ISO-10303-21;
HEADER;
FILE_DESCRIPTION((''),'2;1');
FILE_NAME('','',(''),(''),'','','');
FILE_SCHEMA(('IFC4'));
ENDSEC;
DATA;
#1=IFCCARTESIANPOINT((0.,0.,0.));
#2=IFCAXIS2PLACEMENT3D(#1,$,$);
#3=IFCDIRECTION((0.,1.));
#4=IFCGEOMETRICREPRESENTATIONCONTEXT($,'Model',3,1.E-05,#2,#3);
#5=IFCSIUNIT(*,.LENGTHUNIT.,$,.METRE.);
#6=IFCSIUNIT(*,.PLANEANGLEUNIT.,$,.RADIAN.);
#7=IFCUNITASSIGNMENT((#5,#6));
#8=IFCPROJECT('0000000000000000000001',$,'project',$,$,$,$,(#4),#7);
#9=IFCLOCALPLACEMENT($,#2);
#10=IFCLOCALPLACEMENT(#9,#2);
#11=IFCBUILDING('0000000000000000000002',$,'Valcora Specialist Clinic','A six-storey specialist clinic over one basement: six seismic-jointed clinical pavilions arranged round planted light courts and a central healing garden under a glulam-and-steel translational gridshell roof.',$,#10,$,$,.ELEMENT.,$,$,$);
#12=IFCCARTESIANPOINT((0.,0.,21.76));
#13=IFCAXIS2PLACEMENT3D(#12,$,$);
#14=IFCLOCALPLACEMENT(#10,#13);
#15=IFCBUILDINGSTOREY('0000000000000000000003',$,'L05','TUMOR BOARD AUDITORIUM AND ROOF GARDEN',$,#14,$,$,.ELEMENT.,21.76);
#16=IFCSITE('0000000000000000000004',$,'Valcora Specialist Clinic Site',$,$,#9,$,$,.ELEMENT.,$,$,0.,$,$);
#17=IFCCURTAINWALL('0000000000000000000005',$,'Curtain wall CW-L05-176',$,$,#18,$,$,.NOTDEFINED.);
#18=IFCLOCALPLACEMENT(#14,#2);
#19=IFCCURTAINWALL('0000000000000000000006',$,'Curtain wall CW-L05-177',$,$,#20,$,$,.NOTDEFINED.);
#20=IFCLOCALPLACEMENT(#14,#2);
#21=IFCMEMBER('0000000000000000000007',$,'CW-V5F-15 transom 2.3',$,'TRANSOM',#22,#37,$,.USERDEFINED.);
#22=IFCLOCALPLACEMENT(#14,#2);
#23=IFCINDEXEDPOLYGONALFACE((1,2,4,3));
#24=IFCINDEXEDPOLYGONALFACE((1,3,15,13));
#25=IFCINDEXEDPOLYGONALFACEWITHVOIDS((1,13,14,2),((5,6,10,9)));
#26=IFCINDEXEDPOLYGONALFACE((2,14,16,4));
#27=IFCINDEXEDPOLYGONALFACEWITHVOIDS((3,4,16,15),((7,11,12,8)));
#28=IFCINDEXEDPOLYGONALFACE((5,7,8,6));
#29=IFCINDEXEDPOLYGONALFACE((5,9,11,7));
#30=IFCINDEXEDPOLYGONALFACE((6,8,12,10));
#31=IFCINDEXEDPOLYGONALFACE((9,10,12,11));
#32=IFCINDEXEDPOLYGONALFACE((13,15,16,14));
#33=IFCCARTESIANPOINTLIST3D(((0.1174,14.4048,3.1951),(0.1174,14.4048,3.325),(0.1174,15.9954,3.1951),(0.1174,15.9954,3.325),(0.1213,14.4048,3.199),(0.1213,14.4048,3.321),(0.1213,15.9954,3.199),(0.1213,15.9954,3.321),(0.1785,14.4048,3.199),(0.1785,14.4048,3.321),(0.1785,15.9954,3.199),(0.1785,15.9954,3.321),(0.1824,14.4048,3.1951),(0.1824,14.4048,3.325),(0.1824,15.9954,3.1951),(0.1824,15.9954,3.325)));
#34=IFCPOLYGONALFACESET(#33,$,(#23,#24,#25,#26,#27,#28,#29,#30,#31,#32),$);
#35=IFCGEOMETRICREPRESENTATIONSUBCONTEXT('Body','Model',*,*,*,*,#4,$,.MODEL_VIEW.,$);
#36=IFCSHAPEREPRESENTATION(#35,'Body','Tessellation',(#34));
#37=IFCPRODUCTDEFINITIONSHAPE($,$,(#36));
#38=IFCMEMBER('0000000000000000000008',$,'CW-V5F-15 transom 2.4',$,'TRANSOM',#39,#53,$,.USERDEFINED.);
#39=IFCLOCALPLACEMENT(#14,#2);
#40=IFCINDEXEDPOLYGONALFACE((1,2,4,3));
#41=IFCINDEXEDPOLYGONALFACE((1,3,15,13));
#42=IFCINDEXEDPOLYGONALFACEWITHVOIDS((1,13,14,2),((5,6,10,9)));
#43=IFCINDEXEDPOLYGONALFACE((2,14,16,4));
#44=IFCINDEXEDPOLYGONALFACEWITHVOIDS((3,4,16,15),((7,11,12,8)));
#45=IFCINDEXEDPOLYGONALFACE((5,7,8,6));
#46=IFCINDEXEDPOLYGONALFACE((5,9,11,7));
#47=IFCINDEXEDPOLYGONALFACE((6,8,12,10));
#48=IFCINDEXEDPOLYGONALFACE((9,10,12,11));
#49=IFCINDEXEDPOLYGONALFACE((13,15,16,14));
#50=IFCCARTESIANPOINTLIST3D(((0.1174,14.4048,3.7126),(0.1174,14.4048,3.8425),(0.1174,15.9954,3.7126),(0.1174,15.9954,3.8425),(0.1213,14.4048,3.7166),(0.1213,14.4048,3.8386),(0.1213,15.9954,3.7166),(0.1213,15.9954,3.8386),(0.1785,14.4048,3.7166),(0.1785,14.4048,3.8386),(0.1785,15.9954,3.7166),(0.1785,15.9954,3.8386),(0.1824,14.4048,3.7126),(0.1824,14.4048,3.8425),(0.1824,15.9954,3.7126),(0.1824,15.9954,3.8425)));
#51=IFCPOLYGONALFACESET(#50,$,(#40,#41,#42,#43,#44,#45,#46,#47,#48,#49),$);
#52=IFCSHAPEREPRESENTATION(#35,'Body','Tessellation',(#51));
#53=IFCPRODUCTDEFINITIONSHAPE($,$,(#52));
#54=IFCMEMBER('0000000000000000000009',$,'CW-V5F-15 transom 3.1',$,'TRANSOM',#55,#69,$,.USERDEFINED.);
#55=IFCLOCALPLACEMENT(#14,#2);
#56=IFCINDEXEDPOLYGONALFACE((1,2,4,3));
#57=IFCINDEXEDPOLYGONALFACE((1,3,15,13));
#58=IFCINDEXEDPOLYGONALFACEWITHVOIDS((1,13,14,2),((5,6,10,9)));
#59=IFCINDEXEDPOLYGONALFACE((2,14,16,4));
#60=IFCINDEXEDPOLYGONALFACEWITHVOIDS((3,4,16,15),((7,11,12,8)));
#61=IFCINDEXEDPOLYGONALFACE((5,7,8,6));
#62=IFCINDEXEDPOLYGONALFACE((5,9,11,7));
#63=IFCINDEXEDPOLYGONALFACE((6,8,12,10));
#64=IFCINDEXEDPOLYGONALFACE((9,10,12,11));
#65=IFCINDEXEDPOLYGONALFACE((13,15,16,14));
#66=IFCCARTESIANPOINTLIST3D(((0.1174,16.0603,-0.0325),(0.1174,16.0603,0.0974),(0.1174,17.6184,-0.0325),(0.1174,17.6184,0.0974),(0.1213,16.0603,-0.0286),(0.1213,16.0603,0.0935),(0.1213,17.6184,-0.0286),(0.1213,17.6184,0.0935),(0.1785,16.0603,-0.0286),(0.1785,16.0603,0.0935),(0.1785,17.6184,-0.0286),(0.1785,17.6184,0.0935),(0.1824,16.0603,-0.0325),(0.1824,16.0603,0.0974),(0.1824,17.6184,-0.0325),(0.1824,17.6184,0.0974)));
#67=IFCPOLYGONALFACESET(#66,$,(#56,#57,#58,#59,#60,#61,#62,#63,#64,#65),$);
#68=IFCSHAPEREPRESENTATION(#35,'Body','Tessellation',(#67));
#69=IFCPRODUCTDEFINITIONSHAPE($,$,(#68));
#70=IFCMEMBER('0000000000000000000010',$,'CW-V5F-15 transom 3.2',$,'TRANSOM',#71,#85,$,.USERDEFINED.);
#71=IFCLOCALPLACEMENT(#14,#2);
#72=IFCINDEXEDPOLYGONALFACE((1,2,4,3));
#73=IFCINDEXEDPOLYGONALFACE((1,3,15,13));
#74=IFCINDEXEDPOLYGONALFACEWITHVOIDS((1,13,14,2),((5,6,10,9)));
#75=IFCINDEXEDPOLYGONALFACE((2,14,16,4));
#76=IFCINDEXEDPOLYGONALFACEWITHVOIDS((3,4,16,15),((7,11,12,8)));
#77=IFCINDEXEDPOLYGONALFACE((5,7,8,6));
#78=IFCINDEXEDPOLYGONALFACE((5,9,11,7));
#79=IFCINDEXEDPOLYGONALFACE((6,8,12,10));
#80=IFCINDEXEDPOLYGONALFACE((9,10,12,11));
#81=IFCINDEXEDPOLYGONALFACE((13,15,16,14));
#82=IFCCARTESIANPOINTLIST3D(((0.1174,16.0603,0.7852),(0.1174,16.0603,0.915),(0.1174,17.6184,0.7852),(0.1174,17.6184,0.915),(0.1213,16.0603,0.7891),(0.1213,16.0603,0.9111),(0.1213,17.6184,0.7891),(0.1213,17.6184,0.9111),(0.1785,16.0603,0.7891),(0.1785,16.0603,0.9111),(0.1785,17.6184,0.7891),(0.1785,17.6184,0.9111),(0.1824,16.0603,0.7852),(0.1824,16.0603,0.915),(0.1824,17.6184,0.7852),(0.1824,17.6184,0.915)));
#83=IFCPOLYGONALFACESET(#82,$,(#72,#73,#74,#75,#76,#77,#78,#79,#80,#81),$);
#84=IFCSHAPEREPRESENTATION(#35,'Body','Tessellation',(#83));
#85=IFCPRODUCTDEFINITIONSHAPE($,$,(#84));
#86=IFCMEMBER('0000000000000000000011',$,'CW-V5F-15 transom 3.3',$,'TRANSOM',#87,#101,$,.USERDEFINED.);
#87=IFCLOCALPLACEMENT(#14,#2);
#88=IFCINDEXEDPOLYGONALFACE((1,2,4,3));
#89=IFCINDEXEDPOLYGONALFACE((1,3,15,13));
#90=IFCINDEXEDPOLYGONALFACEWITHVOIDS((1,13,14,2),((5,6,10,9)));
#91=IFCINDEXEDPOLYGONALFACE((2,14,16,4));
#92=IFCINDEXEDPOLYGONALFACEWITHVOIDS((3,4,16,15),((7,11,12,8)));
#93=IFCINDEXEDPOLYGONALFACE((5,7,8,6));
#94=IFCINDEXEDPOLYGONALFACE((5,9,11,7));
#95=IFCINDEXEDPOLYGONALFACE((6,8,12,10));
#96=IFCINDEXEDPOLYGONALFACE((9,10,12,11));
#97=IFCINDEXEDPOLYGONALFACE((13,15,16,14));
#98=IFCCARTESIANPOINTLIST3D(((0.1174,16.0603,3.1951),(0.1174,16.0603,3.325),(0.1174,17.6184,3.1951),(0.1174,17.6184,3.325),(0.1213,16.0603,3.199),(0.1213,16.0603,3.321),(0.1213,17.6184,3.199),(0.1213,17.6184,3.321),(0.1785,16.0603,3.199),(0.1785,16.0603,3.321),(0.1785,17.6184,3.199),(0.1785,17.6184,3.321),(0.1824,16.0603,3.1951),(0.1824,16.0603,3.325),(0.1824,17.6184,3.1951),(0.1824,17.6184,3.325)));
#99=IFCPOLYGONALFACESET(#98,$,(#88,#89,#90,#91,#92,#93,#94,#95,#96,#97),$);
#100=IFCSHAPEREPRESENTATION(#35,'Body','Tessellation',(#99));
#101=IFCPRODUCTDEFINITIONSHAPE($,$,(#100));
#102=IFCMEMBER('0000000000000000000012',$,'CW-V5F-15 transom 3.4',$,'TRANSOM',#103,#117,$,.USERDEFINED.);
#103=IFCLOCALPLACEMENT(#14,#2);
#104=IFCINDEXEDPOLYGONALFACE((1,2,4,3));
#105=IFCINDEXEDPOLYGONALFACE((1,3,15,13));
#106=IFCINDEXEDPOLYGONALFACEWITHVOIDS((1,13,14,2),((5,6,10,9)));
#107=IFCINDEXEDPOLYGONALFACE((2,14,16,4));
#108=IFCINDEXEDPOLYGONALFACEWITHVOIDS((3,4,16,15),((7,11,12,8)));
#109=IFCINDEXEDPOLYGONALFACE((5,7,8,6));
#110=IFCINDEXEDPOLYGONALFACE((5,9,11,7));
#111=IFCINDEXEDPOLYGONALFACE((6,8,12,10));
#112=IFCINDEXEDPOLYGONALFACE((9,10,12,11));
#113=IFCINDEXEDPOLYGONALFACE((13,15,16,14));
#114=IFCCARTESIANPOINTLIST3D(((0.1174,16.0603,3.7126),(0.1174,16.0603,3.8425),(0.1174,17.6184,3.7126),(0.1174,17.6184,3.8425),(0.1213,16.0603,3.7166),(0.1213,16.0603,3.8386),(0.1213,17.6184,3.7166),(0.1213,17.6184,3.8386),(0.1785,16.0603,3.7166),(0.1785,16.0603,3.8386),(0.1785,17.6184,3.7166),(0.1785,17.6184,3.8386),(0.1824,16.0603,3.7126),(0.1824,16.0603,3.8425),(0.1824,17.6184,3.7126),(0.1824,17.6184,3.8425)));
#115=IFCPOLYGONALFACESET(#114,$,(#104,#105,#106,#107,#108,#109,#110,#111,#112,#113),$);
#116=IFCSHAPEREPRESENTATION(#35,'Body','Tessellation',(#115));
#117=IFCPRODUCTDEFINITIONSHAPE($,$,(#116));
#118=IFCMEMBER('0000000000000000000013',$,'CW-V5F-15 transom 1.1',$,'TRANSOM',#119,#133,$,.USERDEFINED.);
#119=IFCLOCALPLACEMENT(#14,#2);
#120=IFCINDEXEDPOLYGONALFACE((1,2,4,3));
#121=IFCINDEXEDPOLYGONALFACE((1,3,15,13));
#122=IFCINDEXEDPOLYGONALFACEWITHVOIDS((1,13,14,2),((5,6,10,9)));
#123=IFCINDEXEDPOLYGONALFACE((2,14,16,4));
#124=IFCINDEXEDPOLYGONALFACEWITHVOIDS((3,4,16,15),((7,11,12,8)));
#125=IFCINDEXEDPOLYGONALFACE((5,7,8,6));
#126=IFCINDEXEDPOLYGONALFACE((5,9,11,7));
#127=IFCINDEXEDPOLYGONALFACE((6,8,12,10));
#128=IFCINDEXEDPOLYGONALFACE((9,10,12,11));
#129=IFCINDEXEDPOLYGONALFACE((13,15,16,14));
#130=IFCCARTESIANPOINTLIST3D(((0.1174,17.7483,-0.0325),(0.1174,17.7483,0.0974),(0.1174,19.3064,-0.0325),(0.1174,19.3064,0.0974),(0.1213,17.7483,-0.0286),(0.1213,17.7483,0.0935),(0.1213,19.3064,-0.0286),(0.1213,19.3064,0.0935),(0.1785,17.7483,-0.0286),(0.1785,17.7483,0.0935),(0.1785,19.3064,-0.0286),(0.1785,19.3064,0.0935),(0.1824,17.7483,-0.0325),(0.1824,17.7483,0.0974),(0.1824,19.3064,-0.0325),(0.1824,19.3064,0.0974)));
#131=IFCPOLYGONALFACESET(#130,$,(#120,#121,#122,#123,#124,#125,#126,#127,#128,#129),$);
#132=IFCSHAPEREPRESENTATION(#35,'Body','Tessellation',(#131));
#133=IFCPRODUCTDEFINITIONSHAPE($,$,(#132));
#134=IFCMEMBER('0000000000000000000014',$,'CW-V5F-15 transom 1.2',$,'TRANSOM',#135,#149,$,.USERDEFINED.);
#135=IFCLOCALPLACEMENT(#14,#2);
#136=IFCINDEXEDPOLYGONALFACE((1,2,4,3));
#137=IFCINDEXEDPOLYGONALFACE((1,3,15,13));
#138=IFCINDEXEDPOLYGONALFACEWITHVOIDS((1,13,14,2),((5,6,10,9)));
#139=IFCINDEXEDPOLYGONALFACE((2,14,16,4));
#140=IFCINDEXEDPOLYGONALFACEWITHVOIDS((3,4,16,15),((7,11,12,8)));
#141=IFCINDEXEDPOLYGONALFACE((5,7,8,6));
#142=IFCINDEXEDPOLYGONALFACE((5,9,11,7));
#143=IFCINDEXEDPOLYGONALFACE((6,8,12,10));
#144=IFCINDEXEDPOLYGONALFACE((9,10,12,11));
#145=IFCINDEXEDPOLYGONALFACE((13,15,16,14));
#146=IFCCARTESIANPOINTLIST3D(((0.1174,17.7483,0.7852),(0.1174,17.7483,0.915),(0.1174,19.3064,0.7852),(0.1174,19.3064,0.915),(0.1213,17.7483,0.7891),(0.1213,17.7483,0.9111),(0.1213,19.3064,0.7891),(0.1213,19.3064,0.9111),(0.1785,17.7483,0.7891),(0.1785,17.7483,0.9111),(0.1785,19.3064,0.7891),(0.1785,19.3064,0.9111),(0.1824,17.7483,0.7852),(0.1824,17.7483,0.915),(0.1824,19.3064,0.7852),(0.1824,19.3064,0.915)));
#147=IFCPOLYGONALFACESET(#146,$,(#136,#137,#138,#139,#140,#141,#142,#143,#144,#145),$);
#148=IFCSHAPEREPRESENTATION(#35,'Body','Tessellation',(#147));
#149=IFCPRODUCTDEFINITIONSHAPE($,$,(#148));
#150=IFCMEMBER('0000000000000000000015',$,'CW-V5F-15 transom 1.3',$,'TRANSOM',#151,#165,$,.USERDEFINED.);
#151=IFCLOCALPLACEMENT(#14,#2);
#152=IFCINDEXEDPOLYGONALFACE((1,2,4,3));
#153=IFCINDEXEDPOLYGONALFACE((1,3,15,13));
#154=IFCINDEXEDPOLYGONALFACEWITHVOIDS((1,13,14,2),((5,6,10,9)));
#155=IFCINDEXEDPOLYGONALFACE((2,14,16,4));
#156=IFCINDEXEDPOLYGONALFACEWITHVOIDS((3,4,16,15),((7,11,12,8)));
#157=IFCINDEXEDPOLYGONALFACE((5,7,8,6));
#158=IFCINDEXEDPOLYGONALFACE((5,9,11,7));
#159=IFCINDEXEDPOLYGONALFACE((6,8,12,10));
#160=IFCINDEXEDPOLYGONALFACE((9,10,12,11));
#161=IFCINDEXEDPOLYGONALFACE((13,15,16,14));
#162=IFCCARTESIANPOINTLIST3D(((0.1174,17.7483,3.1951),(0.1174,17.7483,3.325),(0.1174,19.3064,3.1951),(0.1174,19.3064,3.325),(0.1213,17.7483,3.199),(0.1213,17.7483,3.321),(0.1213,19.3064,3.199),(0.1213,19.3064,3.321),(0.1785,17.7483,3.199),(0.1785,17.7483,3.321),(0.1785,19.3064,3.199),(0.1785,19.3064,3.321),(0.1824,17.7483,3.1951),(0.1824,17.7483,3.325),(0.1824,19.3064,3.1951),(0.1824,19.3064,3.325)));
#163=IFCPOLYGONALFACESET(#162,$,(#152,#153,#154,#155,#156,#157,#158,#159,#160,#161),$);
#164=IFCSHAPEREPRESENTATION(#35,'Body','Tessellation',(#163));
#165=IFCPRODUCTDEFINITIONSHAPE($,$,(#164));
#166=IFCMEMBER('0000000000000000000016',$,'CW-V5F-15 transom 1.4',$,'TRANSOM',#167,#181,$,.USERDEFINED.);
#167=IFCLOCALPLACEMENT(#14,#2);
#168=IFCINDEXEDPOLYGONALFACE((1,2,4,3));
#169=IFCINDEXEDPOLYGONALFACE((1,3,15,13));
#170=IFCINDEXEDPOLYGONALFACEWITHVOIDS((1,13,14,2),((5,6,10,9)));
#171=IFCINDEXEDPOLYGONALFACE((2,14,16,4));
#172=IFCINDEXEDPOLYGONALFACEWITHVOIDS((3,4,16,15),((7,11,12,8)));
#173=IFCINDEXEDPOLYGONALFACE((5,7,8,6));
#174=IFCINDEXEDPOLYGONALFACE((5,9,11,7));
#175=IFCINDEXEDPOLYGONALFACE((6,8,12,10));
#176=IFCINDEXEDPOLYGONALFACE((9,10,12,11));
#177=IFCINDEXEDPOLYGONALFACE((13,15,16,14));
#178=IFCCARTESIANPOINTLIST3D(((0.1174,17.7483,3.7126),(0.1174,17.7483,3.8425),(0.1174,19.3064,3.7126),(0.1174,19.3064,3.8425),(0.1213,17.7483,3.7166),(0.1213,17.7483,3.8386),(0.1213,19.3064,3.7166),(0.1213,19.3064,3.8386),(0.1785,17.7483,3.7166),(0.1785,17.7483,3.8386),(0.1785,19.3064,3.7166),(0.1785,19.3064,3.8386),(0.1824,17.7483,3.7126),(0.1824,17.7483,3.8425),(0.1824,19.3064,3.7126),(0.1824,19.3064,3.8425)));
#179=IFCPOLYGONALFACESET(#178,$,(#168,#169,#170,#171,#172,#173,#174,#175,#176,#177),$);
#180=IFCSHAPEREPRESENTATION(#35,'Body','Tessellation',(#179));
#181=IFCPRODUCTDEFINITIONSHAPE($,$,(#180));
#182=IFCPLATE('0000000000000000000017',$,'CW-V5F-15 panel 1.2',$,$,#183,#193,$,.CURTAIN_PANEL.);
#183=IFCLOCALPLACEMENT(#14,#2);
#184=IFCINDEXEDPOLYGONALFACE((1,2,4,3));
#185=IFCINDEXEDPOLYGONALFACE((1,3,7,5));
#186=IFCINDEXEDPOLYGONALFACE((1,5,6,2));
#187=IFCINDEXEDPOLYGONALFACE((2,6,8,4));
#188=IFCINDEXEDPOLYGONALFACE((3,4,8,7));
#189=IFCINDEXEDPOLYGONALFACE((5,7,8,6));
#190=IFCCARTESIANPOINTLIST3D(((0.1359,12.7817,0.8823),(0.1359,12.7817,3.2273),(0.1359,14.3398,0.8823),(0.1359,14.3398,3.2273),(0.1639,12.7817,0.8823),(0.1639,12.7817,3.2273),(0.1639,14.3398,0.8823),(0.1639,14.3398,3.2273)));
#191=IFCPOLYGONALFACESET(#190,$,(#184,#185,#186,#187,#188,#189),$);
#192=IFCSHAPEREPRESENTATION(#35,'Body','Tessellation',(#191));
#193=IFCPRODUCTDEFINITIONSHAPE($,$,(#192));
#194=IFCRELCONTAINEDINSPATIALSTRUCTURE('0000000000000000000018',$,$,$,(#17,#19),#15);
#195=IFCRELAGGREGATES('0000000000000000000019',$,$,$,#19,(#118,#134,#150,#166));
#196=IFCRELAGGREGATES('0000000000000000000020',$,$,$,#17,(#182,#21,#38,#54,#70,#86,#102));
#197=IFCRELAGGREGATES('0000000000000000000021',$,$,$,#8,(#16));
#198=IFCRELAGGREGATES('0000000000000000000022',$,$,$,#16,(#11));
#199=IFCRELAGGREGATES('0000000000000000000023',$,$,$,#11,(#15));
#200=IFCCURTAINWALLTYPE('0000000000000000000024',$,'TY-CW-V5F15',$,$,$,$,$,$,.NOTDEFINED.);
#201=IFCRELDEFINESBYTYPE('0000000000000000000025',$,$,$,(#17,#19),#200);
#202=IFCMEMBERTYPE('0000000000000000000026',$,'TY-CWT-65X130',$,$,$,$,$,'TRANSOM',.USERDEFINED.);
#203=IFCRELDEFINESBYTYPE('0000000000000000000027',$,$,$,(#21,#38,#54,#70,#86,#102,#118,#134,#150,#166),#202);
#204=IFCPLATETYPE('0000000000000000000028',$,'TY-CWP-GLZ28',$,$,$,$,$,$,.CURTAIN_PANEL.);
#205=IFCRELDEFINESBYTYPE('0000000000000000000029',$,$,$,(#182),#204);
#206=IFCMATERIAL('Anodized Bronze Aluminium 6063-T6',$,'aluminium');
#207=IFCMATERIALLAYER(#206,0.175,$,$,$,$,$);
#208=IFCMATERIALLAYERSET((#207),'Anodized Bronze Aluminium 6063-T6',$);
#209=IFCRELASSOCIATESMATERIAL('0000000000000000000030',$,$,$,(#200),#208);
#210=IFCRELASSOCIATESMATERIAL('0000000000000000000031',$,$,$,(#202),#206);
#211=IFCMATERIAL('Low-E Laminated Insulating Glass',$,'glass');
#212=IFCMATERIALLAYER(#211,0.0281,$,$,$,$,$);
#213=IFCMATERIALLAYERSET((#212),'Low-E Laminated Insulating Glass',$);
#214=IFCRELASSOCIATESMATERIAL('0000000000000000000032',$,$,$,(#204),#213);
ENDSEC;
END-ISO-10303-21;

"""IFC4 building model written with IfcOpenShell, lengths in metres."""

from ifc_helpers import new_model, si_unit, direction, frame, origin, origin_2d, place, context, subcontext, project, spatial, rectangle, hollow_rectangle, extrude, material, layer, layer_set, material_profile, profile_set, type_object, element, aggregate, save


model = new_model("IFC4")

# Units and contexts
model_context = context("Model", 3, precision=1e-05, world=origin(), true_north=direction((0.0, 1.0)))
body_context = subcontext(model_context, "Body", "Model", "MODEL_VIEW")
ifc_project = project(units=[si_unit("LENGTHUNIT", "METRE"), si_unit("PLANEANGLEUNIT", "RADIAN")], contexts=[model_context])

# Site, building, storey
site_placement = place(None, origin())
site = spatial("IfcSite", under=ifc_project, at=site_placement, Name="Valcora Specialist Clinic Site", CompositionType="ELEMENT", RefElevation=0.0)
building_placement = place(site_placement, origin())
building = spatial("IfcBuilding", under=site, at=building_placement, Name="Valcora Specialist Clinic", Description="A six-storey specialist clinic over one basement: six seismic-jointed clinical pavilions arranged round planted light courts and a central healing garden under a glulam-and-steel translational gridshell roof.", CompositionType="ELEMENT")
storey_placement = place(building_placement, frame((0.0, 0.0, 21.76)))
storey = spatial("IfcBuildingStorey", under=building, at=storey_placement, Name="L05", Description="TUMOR BOARD AUDITORIUM AND ROOF GARDEN", CompositionType="ELEMENT", Elevation=21.76)

# Curtain wall
ifc_material_1 = material(Name="Anodized Bronze Aluminium 6063-T6", Category="aluminium")
ifc_layer_1 = layer(ifc_material_1, 0.175)
ifc_layer_set_1 = layer_set([ifc_layer_1], Name="Anodized Bronze Aluminium 6063-T6")
curtain_wall_type = type_object("IfcCurtainWallType", Name="TY-CW-V5F15", PredefinedType="NOTDEFINED", material=ifc_layer_set_1)
curtain_wall_1_placement = place(storey_placement, origin())
curtain_wall_1 = element("IfcCurtainWall", 1, at=curtain_wall_1_placement, inside=storey, type_object=curtain_wall_type, Name="Curtain wall CW-L05-176", PredefinedType="NOTDEFINED")

# Curtain wall
curtain_wall_2_placement = place(storey_placement, origin())
curtain_wall_2 = element("IfcCurtainWall", 2, at=curtain_wall_2_placement, inside=storey, type_object=curtain_wall_type, Name="Curtain wall CW-L05-177", PredefinedType="NOTDEFINED")

# Members
ifc_material_profile_1 = material_profile(ifc_material_1, hollow_rectangle(XDim=0.0649, YDim=0.1299, WallThickness=0.0039, at=origin_2d()), Name="AL-TRN-65X130")
ifc_profile_set_1 = profile_set([ifc_material_profile_1], Name="Anodized Bronze Aluminium 6063-T6")
member_type_1 = type_object("IfcMemberType", Name="TY-CWT-65X130", ElementType="TRANSOM", PredefinedType="USERDEFINED", material=ifc_profile_set_1)
member_1_placement = place(storey_placement, frame((0.1499, 14.4048, 3.26), z_axis=(0.0, 1.0, 0.0), x_axis=(-1.0, 0.0, 0.0)))
member_1 = element("IfcMember", 3, at=member_1_placement, type_object=member_type_1, Name="CW-V5F-15 transom 2.3", ObjectType="TRANSOM", PredefinedType="USERDEFINED", context=body_context, shape_type="SweptSolid", body=[
    extrude(hollow_rectangle(XDim=0.0649, YDim=0.1299, WallThickness=0.0039, at=origin_2d()), origin(), (0.0, 0.0, 1.0), 1.5906),
])
member_2_placement = place(storey_placement, frame((0.1499, 14.4048, 3.7776), z_axis=(0.0, 1.0, 0.0), x_axis=(-1.0, 0.0, 0.0)))
member_2 = element("IfcMember", 4, at=member_2_placement, type_object=member_type_1, Name="CW-V5F-15 transom 2.4", ObjectType="TRANSOM", PredefinedType="USERDEFINED", context=body_context, shape_type="SweptSolid", body=[
    extrude(hollow_rectangle(XDim=0.0649, YDim=0.1299, WallThickness=0.0039, at=origin_2d()), origin(), (0.0, 0.0, 1.0), 1.5906),
])
member_3_placement = place(storey_placement, frame((0.1499, 16.0603, 0.0325), z_axis=(0.0, 1.0, 0.0), x_axis=(-1.0, 0.0, 0.0)))
member_3 = element("IfcMember", 5, at=member_3_placement, type_object=member_type_1, Name="CW-V5F-15 transom 3.1", ObjectType="TRANSOM", PredefinedType="USERDEFINED", context=body_context, shape_type="SweptSolid", body=[
    extrude(hollow_rectangle(XDim=0.0649, YDim=0.1299, WallThickness=0.0039, at=origin_2d()), origin(), (0.0, 0.0, 1.0), 1.5581),
])
member_4_placement = place(storey_placement, frame((0.1499, 16.0603, 0.8501), z_axis=(0.0, 1.0, 0.0), x_axis=(-1.0, 0.0, 0.0)))
member_4 = element("IfcMember", 6, at=member_4_placement, type_object=member_type_1, Name="CW-V5F-15 transom 3.2", ObjectType="TRANSOM", PredefinedType="USERDEFINED", context=body_context, shape_type="SweptSolid", body=[
    extrude(hollow_rectangle(XDim=0.0649, YDim=0.1299, WallThickness=0.0039, at=origin_2d()), origin(), (0.0, 0.0, 1.0), 1.5581),
])
member_5_placement = place(storey_placement, frame((0.1499, 16.0603, 3.26), z_axis=(0.0, 1.0, 0.0), x_axis=(-1.0, 0.0, 0.0)))
member_5 = element("IfcMember", 7, at=member_5_placement, type_object=member_type_1, Name="CW-V5F-15 transom 3.3", ObjectType="TRANSOM", PredefinedType="USERDEFINED", context=body_context, shape_type="SweptSolid", body=[
    extrude(hollow_rectangle(XDim=0.0649, YDim=0.1299, WallThickness=0.0039, at=origin_2d()), origin(), (0.0, 0.0, 1.0), 1.5581),
])
member_6_placement = place(storey_placement, frame((0.1499, 16.0603, 3.7776), z_axis=(0.0, 1.0, 0.0), x_axis=(-1.0, 0.0, 0.0)))
member_6 = element("IfcMember", 8, at=member_6_placement, type_object=member_type_1, Name="CW-V5F-15 transom 3.4", ObjectType="TRANSOM", PredefinedType="USERDEFINED", context=body_context, shape_type="SweptSolid", body=[
    extrude(hollow_rectangle(XDim=0.0649, YDim=0.1299, WallThickness=0.0039, at=origin_2d()), origin(), (0.0, 0.0, 1.0), 1.5581),
])
member_7_placement = place(storey_placement, frame((0.1499, 17.7483, 0.0325), z_axis=(0.0, 1.0, 0.0), x_axis=(-1.0, 0.0, 0.0)))
member_7 = element("IfcMember", 9, at=member_7_placement, type_object=member_type_1, Name="CW-V5F-15 transom 1.1", ObjectType="TRANSOM", PredefinedType="USERDEFINED", context=body_context, shape_type="SweptSolid", body=[
    extrude(hollow_rectangle(XDim=0.0649, YDim=0.1299, WallThickness=0.0039, at=origin_2d()), origin(), (0.0, 0.0, 1.0), 1.5581),
])
member_8_placement = place(storey_placement, frame((0.1499, 17.7483, 0.8501), z_axis=(0.0, 1.0, 0.0), x_axis=(-1.0, 0.0, 0.0)))
member_8 = element("IfcMember", 10, at=member_8_placement, type_object=member_type_1, Name="CW-V5F-15 transom 1.2", ObjectType="TRANSOM", PredefinedType="USERDEFINED", context=body_context, shape_type="SweptSolid", body=[
    extrude(hollow_rectangle(XDim=0.0649, YDim=0.1299, WallThickness=0.0039, at=origin_2d()), origin(), (0.0, 0.0, 1.0), 1.5581),
])
member_9_placement = place(storey_placement, frame((0.1499, 17.7483, 3.26), z_axis=(0.0, 1.0, 0.0), x_axis=(-1.0, 0.0, 0.0)))
member_9 = element("IfcMember", 11, at=member_9_placement, type_object=member_type_1, Name="CW-V5F-15 transom 1.3", ObjectType="TRANSOM", PredefinedType="USERDEFINED", context=body_context, shape_type="SweptSolid", body=[
    extrude(hollow_rectangle(XDim=0.0649, YDim=0.1299, WallThickness=0.0039, at=origin_2d()), origin(), (0.0, 0.0, 1.0), 1.5581),
])
member_10_placement = place(storey_placement, frame((0.1499, 17.7483, 3.7776), z_axis=(0.0, 1.0, 0.0), x_axis=(-1.0, 0.0, 0.0)))
member_10 = element("IfcMember", 12, at=member_10_placement, type_object=member_type_1, Name="CW-V5F-15 transom 1.4", ObjectType="TRANSOM", PredefinedType="USERDEFINED", context=body_context, shape_type="SweptSolid", body=[
    extrude(hollow_rectangle(XDim=0.0649, YDim=0.1299, WallThickness=0.0039, at=origin_2d()), origin(), (0.0, 0.0, 1.0), 1.5581),
])
aggregate(curtain_wall_2, [member_7, member_8, member_9, member_10])

# Plate
ifc_material_2 = material(Name="Low-E Laminated Insulating Glass", Category="glass")
ifc_layer_2 = layer(ifc_material_2, 0.0281)
ifc_layer_set_2 = layer_set([ifc_layer_2], Name="Low-E Laminated Insulating Glass")
plate_type_1 = type_object("IfcPlateType", Name="TY-CWP-GLZ28", PredefinedType="CURTAIN_PANEL", material=ifc_layer_set_2)
plate_1_placement = place(storey_placement, frame((0.1499, 13.5608, 0.8823), z_axis=(0.0, 0.0, 1.0), x_axis=(0.0, 1.0, 0.0)))
plate_1 = element("IfcPlate", 13, at=plate_1_placement, type_object=plate_type_1, Name="CW-V5F-15 panel 1.2", PredefinedType="CURTAIN_PANEL", context=body_context, shape_type="SweptSolid", body=[
    extrude(rectangle(XDim=1.5581, YDim=0.0281, at=origin_2d()), origin(), (0.0, 0.0, 1.0), 2.345),
])
aggregate(curtain_wall_1, [plate_1, member_1, member_2, member_3, member_4, member_5, member_6])

save(model, "model.ifc")
